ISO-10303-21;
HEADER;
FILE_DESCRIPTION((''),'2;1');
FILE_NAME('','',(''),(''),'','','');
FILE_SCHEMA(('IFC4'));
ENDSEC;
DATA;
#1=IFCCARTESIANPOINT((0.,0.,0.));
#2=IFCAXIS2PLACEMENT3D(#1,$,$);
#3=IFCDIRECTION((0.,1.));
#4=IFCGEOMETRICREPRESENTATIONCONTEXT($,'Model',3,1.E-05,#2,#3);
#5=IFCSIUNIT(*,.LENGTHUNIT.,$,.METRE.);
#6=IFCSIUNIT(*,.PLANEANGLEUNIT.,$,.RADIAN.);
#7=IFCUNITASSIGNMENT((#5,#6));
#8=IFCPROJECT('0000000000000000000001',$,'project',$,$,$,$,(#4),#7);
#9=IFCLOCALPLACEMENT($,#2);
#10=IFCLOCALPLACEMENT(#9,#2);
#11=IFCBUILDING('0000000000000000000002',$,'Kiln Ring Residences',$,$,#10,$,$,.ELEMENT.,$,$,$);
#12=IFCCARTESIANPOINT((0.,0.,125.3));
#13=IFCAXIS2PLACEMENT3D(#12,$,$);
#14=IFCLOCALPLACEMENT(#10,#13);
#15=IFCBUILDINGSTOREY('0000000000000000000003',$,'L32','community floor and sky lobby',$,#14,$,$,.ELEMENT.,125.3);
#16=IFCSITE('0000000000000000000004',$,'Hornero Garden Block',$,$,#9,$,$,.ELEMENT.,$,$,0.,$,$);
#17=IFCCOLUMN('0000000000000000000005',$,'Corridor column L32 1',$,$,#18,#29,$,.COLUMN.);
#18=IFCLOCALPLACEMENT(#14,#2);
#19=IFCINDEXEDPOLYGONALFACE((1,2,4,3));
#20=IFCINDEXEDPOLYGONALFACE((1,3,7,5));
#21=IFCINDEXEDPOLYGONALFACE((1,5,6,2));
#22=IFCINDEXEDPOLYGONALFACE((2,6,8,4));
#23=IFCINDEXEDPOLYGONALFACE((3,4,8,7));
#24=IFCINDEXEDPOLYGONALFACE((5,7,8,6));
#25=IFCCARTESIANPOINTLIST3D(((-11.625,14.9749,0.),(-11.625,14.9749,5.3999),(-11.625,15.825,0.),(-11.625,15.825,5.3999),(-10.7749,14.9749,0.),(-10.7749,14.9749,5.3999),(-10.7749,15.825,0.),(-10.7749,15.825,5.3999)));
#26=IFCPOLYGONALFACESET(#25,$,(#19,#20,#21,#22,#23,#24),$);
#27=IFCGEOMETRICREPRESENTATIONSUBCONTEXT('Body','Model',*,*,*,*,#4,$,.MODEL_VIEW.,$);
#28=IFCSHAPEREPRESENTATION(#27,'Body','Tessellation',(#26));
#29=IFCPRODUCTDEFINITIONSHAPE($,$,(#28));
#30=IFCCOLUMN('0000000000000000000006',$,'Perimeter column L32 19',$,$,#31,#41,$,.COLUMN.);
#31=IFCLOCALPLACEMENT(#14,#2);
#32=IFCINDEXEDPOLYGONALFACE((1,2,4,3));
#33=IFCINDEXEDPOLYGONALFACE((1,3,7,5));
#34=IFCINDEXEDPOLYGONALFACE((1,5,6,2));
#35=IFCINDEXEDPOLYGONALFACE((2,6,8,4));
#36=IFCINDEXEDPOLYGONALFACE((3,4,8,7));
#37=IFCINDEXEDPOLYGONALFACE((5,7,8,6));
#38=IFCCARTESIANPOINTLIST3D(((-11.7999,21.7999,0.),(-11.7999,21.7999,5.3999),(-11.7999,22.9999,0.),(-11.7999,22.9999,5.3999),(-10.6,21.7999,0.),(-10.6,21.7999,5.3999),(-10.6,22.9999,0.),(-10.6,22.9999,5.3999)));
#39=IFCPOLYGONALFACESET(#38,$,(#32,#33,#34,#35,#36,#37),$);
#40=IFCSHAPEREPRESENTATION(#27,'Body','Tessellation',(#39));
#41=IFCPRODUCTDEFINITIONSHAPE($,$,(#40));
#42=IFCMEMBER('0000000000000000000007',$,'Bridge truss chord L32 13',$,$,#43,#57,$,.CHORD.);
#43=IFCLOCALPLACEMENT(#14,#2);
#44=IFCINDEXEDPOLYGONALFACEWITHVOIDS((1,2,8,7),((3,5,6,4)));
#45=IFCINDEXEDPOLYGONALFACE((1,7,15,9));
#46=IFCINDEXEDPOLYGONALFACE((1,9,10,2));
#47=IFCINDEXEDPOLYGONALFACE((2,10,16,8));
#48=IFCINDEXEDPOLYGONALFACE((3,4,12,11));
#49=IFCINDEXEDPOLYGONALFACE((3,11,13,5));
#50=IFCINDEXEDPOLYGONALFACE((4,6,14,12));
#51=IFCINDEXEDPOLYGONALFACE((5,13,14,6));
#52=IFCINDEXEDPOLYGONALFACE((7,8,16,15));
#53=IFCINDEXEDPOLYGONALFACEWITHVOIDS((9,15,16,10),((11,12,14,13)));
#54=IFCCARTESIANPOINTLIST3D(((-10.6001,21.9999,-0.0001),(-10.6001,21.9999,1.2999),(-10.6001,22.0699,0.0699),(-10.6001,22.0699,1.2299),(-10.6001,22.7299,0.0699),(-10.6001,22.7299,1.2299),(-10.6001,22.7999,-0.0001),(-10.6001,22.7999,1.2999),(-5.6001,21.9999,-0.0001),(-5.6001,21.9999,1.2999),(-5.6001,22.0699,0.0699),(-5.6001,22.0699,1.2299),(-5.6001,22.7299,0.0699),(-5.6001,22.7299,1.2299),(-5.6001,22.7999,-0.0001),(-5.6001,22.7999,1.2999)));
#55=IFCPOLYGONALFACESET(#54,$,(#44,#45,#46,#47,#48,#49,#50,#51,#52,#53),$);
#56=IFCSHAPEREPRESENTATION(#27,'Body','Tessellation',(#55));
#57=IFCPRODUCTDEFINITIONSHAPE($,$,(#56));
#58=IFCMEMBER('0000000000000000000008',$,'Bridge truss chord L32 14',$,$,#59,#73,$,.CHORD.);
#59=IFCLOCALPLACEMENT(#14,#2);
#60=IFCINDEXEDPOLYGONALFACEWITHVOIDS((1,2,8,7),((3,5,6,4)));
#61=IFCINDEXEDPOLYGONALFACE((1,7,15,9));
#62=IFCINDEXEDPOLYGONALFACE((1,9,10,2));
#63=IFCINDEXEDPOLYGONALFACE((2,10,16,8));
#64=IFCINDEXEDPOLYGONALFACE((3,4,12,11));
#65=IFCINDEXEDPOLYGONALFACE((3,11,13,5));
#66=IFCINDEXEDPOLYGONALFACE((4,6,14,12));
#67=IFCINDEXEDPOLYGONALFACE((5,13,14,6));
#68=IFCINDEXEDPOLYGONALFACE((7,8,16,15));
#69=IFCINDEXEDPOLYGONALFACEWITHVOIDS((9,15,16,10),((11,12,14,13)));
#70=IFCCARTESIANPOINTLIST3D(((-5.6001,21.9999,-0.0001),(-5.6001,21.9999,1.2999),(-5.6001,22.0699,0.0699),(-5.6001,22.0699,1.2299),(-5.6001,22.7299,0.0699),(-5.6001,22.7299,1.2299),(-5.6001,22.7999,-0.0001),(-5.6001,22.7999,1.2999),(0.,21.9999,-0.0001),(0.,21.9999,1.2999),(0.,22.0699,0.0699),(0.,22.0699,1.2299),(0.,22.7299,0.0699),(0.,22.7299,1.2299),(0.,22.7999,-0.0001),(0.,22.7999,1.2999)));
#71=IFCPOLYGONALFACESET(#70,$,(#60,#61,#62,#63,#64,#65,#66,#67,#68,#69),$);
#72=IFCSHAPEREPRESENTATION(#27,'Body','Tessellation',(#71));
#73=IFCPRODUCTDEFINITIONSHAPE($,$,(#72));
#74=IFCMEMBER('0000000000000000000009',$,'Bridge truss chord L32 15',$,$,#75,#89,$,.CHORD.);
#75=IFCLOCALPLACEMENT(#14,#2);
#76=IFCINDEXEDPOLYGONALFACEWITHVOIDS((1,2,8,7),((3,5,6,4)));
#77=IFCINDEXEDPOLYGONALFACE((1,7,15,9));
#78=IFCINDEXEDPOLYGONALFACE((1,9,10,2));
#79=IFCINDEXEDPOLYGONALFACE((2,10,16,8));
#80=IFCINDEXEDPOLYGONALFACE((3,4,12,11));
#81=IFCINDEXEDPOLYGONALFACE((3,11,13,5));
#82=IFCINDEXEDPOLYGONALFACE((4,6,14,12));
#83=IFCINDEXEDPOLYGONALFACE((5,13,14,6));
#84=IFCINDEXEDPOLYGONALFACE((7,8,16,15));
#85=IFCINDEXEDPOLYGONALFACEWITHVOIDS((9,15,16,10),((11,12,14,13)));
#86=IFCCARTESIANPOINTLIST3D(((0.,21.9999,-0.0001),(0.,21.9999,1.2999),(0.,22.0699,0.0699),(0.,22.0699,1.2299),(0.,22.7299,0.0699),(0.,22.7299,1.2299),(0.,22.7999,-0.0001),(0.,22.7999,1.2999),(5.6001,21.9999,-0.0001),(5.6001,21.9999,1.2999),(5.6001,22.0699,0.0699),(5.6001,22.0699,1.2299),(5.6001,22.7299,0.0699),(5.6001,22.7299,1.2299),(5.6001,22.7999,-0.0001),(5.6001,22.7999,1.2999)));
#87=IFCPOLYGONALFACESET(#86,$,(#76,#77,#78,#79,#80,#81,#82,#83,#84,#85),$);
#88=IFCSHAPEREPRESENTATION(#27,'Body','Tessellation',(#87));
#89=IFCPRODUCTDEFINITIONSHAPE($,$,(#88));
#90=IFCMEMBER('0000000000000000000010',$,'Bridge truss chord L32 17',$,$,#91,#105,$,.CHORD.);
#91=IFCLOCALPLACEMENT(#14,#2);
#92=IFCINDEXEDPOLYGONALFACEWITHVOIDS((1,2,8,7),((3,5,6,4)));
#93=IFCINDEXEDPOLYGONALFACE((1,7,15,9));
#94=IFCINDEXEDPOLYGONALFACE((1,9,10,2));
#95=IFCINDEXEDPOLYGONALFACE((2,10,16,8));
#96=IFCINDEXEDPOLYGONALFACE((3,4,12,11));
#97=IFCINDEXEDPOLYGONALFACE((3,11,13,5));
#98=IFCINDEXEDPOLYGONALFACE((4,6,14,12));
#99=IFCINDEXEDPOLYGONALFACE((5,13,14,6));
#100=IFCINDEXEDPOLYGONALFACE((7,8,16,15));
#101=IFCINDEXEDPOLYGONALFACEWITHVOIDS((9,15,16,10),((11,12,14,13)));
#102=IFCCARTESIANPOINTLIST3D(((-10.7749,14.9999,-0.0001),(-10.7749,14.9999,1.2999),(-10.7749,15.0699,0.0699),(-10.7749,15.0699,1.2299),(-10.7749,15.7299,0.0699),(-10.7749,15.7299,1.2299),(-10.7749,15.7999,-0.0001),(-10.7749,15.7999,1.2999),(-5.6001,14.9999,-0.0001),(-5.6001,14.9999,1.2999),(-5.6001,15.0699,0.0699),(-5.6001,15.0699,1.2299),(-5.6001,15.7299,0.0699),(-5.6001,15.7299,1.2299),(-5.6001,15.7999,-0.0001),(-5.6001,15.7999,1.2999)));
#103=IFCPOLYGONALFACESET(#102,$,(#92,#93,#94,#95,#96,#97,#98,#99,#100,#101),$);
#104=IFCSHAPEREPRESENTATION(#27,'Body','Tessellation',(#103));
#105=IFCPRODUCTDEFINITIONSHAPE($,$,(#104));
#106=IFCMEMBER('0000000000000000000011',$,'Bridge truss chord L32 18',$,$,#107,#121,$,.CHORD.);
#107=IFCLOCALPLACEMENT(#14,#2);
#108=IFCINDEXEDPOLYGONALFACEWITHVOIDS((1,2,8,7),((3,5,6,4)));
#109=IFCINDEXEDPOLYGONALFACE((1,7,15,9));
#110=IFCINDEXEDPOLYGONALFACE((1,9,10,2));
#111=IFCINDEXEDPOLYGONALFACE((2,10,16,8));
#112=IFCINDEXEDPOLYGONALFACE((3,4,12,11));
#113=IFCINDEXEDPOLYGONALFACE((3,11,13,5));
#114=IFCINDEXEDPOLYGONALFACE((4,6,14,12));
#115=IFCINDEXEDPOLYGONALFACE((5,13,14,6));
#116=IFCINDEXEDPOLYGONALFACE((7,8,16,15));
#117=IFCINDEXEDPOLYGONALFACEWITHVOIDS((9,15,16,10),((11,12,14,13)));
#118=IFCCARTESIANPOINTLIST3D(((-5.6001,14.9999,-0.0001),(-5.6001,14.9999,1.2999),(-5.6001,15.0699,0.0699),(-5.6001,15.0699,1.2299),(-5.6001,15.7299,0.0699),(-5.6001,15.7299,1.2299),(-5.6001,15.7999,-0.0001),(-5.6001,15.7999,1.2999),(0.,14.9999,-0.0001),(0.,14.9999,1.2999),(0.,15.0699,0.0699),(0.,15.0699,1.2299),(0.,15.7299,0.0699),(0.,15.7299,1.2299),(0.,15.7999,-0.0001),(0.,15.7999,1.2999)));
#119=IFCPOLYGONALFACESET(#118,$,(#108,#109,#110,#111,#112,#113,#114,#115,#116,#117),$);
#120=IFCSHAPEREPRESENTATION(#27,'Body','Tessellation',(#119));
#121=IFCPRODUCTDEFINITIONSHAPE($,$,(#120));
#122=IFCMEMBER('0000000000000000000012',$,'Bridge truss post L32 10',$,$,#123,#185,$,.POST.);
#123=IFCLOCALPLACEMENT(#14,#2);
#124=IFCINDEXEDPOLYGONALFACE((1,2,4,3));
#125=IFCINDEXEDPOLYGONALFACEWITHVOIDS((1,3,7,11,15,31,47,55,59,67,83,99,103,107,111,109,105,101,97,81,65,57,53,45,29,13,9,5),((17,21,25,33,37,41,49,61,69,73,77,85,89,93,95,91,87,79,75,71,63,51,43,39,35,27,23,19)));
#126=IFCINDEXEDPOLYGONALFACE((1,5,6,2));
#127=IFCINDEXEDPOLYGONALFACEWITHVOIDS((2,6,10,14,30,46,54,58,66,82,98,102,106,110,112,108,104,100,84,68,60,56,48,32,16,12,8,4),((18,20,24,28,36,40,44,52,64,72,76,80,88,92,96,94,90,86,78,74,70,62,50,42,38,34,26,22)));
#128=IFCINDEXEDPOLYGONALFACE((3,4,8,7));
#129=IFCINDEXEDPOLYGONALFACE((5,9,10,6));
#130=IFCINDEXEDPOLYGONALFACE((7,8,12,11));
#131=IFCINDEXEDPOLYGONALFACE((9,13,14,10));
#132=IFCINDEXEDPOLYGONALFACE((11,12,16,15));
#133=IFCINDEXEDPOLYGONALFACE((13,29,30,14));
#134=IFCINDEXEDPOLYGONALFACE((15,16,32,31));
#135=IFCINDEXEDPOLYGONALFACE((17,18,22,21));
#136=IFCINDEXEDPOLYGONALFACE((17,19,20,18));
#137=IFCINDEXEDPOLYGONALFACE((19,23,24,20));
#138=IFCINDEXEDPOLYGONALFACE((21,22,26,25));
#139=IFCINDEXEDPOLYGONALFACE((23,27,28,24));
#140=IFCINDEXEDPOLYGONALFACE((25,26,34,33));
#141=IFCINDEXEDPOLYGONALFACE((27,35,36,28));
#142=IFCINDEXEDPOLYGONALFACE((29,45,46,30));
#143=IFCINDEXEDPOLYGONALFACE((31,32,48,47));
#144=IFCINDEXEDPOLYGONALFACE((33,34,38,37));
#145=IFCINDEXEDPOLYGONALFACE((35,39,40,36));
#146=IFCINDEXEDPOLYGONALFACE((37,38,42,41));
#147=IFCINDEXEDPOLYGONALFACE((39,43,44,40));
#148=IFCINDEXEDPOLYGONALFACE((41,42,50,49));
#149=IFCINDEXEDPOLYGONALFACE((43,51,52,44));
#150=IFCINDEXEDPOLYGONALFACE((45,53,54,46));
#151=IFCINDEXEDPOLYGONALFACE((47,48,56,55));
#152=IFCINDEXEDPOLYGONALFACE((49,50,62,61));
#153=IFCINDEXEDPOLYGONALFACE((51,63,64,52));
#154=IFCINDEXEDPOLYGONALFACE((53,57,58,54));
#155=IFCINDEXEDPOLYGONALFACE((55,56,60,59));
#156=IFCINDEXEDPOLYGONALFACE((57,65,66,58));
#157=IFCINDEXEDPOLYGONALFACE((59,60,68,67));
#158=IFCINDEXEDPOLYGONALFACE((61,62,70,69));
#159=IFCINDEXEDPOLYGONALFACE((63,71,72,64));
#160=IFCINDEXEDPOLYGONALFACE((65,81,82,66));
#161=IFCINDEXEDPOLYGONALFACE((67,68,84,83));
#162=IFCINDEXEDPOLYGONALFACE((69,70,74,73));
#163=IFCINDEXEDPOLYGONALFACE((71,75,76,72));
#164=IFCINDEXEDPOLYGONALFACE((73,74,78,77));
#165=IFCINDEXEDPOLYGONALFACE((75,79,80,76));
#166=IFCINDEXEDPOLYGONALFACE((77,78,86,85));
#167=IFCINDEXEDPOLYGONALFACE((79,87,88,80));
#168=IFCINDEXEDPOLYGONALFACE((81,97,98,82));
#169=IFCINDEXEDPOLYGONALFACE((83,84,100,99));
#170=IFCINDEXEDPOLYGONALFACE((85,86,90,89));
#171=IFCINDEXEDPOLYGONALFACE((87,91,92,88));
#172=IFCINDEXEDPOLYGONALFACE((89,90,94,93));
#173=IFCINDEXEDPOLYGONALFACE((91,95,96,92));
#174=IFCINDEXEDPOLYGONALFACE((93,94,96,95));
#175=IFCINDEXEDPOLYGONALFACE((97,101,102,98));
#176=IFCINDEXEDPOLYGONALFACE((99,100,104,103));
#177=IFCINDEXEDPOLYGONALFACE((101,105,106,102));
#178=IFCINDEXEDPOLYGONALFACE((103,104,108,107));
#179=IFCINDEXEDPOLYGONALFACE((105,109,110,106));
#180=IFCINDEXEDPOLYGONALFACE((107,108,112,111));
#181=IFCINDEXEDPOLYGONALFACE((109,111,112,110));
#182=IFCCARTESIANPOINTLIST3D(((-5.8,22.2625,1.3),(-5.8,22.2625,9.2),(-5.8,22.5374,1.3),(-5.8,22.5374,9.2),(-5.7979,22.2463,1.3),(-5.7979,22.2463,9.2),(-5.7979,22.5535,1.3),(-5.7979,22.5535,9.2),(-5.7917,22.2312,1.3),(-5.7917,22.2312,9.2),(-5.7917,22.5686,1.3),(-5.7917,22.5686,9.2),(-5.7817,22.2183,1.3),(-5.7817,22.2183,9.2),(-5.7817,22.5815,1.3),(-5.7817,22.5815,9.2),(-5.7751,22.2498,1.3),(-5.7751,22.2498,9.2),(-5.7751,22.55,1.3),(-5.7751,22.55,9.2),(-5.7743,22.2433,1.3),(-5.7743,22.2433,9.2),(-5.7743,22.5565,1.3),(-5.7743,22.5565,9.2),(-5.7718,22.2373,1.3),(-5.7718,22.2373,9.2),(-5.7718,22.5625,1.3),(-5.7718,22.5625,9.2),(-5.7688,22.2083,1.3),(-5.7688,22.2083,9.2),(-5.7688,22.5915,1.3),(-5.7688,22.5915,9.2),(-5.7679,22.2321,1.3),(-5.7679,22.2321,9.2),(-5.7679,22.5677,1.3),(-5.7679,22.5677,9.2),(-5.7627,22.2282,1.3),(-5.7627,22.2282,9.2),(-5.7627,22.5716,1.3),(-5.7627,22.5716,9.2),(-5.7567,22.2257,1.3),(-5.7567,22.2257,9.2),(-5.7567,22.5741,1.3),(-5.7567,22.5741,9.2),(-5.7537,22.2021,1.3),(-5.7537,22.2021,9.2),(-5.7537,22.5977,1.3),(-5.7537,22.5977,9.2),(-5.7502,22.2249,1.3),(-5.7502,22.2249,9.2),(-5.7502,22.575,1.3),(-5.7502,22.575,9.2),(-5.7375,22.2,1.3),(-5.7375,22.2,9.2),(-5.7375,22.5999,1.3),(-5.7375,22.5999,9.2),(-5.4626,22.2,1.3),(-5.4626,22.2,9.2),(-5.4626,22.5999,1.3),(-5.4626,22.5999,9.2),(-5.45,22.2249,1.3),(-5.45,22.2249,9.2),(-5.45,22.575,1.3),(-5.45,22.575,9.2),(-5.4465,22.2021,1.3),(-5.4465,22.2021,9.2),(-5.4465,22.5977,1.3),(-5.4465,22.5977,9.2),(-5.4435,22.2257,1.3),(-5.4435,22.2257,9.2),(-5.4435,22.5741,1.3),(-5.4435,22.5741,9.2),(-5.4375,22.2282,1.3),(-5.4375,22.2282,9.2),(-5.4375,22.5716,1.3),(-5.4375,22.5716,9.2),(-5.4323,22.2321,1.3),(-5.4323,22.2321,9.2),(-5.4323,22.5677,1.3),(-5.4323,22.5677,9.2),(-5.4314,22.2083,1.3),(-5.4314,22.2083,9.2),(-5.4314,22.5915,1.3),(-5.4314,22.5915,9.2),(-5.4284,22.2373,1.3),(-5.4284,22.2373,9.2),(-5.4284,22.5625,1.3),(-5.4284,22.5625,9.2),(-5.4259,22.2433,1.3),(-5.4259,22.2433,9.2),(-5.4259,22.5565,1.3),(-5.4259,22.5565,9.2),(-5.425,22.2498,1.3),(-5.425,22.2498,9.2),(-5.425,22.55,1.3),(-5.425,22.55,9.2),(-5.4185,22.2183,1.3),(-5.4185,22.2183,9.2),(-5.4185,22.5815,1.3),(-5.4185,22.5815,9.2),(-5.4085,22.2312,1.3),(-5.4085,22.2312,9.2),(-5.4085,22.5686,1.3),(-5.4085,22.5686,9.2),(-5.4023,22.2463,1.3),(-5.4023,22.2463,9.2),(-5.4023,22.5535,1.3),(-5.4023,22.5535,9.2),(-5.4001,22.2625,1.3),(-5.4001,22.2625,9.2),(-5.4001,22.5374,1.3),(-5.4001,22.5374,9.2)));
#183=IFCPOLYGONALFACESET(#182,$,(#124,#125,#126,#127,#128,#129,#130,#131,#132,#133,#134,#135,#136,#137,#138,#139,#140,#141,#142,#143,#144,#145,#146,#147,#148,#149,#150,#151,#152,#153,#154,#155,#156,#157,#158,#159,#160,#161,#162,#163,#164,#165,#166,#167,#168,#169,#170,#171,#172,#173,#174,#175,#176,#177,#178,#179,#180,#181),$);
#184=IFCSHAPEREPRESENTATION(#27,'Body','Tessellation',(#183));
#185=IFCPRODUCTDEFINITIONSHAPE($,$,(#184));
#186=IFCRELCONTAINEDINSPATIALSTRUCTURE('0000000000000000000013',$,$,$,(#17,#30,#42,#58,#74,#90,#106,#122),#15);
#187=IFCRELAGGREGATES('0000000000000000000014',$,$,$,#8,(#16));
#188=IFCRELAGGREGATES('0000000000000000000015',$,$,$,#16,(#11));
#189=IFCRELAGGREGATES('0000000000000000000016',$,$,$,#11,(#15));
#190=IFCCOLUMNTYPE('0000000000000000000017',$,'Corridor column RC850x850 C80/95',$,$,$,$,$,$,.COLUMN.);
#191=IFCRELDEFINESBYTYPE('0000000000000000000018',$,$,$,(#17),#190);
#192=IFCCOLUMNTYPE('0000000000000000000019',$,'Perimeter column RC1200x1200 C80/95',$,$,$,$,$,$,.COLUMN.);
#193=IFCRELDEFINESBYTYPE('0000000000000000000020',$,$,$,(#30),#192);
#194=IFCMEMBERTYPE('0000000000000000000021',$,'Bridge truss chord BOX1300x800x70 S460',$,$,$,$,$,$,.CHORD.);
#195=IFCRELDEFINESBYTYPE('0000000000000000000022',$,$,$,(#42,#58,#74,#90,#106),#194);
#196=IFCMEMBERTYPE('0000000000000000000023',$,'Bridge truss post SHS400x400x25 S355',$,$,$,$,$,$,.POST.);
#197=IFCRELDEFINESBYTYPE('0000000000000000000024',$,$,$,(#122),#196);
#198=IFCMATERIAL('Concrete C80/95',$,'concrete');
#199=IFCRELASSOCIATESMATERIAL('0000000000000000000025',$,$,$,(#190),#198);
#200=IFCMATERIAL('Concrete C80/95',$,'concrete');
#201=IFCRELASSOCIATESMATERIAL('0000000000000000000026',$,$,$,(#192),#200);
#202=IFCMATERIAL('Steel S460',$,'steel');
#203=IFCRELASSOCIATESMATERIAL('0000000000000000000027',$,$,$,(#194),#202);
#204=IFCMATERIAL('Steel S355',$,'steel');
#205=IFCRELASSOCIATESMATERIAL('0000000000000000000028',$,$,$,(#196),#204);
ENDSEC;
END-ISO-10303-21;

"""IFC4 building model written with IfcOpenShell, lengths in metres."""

from ifc_helpers import new_model, si_unit, direction, frame, origin, origin_2d, place, context, subcontext, project, spatial, rectangle, hollow_rectangle, extrude, material, material_profile, profile_set, type_object, element, save


model = new_model("IFC4")

# Units and contexts
model_context = context("Model", 3, precision=1e-05, world=origin(), true_north=direction((0.0, 1.0)))
body_context = subcontext(model_context, "Body", "Model", "MODEL_VIEW")
ifc_project = project(units=[si_unit("LENGTHUNIT", "METRE"), si_unit("PLANEANGLEUNIT", "RADIAN")], contexts=[model_context])

# Site, building, storey
site_placement = place(None, origin())
site = spatial("IfcSite", under=ifc_project, at=site_placement, Name="Hornero Garden Block", CompositionType="ELEMENT", RefElevation=0.0)
building_placement = place(site_placement, origin())
building = spatial("IfcBuilding", under=site, at=building_placement, Name="Kiln Ring Residences", CompositionType="ELEMENT")
storey_placement = place(building_placement, frame((0.0, 0.0, 125.3)))
storey = spatial("IfcBuildingStorey", under=building, at=storey_placement, Name="L32", Description="community floor and sky lobby", CompositionType="ELEMENT", Elevation=125.3)

# Columns
ifc_material_1 = material(Name="Concrete C80/95", Category="concrete")
ifc_material_profile_1 = material_profile(ifc_material_1, rectangle(XDim=0.8501, YDim=0.8501, at=origin_2d()), Name="RC850x850")
ifc_profile_set_1 = profile_set([ifc_material_profile_1], Name="Concrete C80/95")
column_type_1 = type_object("IfcColumnType", Name="Corridor column RC850x850 C80/95", PredefinedType="COLUMN", material=ifc_profile_set_1)
column_1_placement = place(storey_placement, frame((-11.2, 15.3999, 0.0), z_axis=(0.0, 0.0, 1.0), x_axis=(1.0, 0.0, 0.0)))
element("IfcColumn", 1, at=column_1_placement, inside=storey, type_object=column_type_1, Name="Corridor column L32 1", PredefinedType="COLUMN", context=body_context, shape_type="SweptSolid", body=[
    extrude(rectangle(XDim=0.8501, YDim=0.8501, at=origin_2d()), origin(), (0.0, 0.0, 1.0), 5.3999),
])
ifc_material_2 = material(Name="Concrete C80/95", Category="concrete")
ifc_material_profile_2 = material_profile(ifc_material_2, rectangle(XDim=1.2, YDim=1.2, at=origin_2d()), Name="RC1200x1200")
ifc_profile_set_2 = profile_set([ifc_material_profile_2], Name="Concrete C80/95")
column_type_2 = type_object("IfcColumnType", Name="Perimeter column RC1200x1200 C80/95", PredefinedType="COLUMN", material=ifc_profile_set_2)
column_2_placement = place(storey_placement, frame((-11.2, 22.3999, 0.0), z_axis=(0.0, 0.0, 1.0), x_axis=(1.0, 0.0, 0.0)))
element("IfcColumn", 2, at=column_2_placement, inside=storey, type_object=column_type_2, Name="Perimeter column L32 19", PredefinedType="COLUMN", context=body_context, shape_type="SweptSolid", body=[
    extrude(rectangle(XDim=1.2, YDim=1.2, at=origin_2d()), origin(), (0.0, 0.0, 1.0), 5.3999),
])

# Members
ifc_material_3 = material(Name="Steel S460", Category="steel")
ifc_material_profile_3 = material_profile(ifc_material_3, hollow_rectangle(XDim=0.8, YDim=1.3, WallThickness=0.0701, at=origin_2d()), Name="BOX1300x800x70")
ifc_profile_set_3 = profile_set([ifc_material_profile_3], Name="Steel S460")
member_type_1 = type_object("IfcMemberType", Name="Bridge truss chord BOX1300x800x70 S460", PredefinedType="CHORD", material=ifc_profile_set_3)
member_1_placement = place(storey_placement, frame((-10.6001, 22.3999, 0.6499), z_axis=(1.0, 0.0, 0.0), x_axis=(0.0, 1.0, 0.0)))
element("IfcMember", 3, at=member_1_placement, inside=storey, type_object=member_type_1, Name="Bridge truss chord L32 13", PredefinedType="CHORD", context=body_context, shape_type="SweptSolid", body=[
    extrude(hollow_rectangle(XDim=0.8, YDim=1.3, WallThickness=0.0701, at=origin_2d()), origin(), (0.0, 0.0, 1.0), 5.0),
])
for number, where, z_axis, x_axis, name in (
    (4, (-5.6001, 22.3999, 0.6499), (1.0, 0.0, 0.0), (0.0, 1.0, 0.0), "Bridge truss chord L32 14"),
    (5, (0.0, 22.3999, 0.6499), (1.0, 0.0, 0.0), (0.0, 1.0, 0.0), "Bridge truss chord L32 15"),
):
    element("IfcMember", number, at=place(storey_placement, frame(where, z_axis=z_axis, x_axis=x_axis)), inside=storey, type_object=member_type_1, Name=name, PredefinedType="CHORD", context=body_context, shape_type="SweptSolid", body=[
        extrude(hollow_rectangle(XDim=0.8, YDim=1.3, WallThickness=0.0701, at=origin_2d()), origin(), (0.0, 0.0, 1.0), 5.6001),
    ])
member_2_placement = place(storey_placement, frame((-10.7749, 15.3999, 0.6499), z_axis=(1.0, 0.0, 0.0), x_axis=(0.0, 1.0, 0.0)))
element("IfcMember", 6, at=member_2_placement, inside=storey, type_object=member_type_1, Name="Bridge truss chord L32 17", PredefinedType="CHORD", context=body_context, shape_type="SweptSolid", body=[
    extrude(hollow_rectangle(XDim=0.8, YDim=1.3, WallThickness=0.0701, at=origin_2d()), origin(), (0.0, 0.0, 1.0), 5.1748),
])
member_3_placement = place(storey_placement, frame((-5.6001, 15.3999, 0.6499), z_axis=(1.0, 0.0, 0.0), x_axis=(0.0, 1.0, 0.0)))
element("IfcMember", 7, at=member_3_placement, inside=storey, type_object=member_type_1, Name="Bridge truss chord L32 18", PredefinedType="CHORD", context=body_context, shape_type="SweptSolid", body=[
    extrude(hollow_rectangle(XDim=0.8, YDim=1.3, WallThickness=0.0701, at=origin_2d()), origin(), (0.0, 0.0, 1.0), 5.6001),
])
ifc_material_4 = material(Name="Steel S355", Category="steel")
ifc_material_profile_4 = material_profile(ifc_material_4, hollow_rectangle(XDim=0.3999, YDim=0.3999, WallThickness=0.0249, InnerFilletRadius=0.0249, OuterFilletRadius=0.0625, at=origin_2d()), Name="SHS400x400x25")
ifc_profile_set_4 = profile_set([ifc_material_profile_4], Name="Steel S355")
member_type_2 = type_object("IfcMemberType", Name="Bridge truss post SHS400x400x25 S355", PredefinedType="POST", material=ifc_profile_set_4)
for number, where, z_axis, x_axis, name in (
    (8, (-5.6001, 22.3999, 1.3), (0.0, 0.0, 1.0), (1.0, 0.0, 0.0), "Bridge truss post L32 10"),
):
    element("IfcMember", number, at=place(storey_placement, frame(where, z_axis=z_axis, x_axis=x_axis)), inside=storey, type_object=member_type_2, Name=name, PredefinedType="POST", context=body_context, shape_type="SweptSolid", body=[
        extrude(hollow_rectangle(XDim=0.3999, YDim=0.3999, WallThickness=0.0249, InnerFilletRadius=0.0249, OuterFilletRadius=0.0625, at=origin_2d()), origin(), (0.0, 0.0, 1.0), 7.8999),
    ])

save(model, "model.ifc")
